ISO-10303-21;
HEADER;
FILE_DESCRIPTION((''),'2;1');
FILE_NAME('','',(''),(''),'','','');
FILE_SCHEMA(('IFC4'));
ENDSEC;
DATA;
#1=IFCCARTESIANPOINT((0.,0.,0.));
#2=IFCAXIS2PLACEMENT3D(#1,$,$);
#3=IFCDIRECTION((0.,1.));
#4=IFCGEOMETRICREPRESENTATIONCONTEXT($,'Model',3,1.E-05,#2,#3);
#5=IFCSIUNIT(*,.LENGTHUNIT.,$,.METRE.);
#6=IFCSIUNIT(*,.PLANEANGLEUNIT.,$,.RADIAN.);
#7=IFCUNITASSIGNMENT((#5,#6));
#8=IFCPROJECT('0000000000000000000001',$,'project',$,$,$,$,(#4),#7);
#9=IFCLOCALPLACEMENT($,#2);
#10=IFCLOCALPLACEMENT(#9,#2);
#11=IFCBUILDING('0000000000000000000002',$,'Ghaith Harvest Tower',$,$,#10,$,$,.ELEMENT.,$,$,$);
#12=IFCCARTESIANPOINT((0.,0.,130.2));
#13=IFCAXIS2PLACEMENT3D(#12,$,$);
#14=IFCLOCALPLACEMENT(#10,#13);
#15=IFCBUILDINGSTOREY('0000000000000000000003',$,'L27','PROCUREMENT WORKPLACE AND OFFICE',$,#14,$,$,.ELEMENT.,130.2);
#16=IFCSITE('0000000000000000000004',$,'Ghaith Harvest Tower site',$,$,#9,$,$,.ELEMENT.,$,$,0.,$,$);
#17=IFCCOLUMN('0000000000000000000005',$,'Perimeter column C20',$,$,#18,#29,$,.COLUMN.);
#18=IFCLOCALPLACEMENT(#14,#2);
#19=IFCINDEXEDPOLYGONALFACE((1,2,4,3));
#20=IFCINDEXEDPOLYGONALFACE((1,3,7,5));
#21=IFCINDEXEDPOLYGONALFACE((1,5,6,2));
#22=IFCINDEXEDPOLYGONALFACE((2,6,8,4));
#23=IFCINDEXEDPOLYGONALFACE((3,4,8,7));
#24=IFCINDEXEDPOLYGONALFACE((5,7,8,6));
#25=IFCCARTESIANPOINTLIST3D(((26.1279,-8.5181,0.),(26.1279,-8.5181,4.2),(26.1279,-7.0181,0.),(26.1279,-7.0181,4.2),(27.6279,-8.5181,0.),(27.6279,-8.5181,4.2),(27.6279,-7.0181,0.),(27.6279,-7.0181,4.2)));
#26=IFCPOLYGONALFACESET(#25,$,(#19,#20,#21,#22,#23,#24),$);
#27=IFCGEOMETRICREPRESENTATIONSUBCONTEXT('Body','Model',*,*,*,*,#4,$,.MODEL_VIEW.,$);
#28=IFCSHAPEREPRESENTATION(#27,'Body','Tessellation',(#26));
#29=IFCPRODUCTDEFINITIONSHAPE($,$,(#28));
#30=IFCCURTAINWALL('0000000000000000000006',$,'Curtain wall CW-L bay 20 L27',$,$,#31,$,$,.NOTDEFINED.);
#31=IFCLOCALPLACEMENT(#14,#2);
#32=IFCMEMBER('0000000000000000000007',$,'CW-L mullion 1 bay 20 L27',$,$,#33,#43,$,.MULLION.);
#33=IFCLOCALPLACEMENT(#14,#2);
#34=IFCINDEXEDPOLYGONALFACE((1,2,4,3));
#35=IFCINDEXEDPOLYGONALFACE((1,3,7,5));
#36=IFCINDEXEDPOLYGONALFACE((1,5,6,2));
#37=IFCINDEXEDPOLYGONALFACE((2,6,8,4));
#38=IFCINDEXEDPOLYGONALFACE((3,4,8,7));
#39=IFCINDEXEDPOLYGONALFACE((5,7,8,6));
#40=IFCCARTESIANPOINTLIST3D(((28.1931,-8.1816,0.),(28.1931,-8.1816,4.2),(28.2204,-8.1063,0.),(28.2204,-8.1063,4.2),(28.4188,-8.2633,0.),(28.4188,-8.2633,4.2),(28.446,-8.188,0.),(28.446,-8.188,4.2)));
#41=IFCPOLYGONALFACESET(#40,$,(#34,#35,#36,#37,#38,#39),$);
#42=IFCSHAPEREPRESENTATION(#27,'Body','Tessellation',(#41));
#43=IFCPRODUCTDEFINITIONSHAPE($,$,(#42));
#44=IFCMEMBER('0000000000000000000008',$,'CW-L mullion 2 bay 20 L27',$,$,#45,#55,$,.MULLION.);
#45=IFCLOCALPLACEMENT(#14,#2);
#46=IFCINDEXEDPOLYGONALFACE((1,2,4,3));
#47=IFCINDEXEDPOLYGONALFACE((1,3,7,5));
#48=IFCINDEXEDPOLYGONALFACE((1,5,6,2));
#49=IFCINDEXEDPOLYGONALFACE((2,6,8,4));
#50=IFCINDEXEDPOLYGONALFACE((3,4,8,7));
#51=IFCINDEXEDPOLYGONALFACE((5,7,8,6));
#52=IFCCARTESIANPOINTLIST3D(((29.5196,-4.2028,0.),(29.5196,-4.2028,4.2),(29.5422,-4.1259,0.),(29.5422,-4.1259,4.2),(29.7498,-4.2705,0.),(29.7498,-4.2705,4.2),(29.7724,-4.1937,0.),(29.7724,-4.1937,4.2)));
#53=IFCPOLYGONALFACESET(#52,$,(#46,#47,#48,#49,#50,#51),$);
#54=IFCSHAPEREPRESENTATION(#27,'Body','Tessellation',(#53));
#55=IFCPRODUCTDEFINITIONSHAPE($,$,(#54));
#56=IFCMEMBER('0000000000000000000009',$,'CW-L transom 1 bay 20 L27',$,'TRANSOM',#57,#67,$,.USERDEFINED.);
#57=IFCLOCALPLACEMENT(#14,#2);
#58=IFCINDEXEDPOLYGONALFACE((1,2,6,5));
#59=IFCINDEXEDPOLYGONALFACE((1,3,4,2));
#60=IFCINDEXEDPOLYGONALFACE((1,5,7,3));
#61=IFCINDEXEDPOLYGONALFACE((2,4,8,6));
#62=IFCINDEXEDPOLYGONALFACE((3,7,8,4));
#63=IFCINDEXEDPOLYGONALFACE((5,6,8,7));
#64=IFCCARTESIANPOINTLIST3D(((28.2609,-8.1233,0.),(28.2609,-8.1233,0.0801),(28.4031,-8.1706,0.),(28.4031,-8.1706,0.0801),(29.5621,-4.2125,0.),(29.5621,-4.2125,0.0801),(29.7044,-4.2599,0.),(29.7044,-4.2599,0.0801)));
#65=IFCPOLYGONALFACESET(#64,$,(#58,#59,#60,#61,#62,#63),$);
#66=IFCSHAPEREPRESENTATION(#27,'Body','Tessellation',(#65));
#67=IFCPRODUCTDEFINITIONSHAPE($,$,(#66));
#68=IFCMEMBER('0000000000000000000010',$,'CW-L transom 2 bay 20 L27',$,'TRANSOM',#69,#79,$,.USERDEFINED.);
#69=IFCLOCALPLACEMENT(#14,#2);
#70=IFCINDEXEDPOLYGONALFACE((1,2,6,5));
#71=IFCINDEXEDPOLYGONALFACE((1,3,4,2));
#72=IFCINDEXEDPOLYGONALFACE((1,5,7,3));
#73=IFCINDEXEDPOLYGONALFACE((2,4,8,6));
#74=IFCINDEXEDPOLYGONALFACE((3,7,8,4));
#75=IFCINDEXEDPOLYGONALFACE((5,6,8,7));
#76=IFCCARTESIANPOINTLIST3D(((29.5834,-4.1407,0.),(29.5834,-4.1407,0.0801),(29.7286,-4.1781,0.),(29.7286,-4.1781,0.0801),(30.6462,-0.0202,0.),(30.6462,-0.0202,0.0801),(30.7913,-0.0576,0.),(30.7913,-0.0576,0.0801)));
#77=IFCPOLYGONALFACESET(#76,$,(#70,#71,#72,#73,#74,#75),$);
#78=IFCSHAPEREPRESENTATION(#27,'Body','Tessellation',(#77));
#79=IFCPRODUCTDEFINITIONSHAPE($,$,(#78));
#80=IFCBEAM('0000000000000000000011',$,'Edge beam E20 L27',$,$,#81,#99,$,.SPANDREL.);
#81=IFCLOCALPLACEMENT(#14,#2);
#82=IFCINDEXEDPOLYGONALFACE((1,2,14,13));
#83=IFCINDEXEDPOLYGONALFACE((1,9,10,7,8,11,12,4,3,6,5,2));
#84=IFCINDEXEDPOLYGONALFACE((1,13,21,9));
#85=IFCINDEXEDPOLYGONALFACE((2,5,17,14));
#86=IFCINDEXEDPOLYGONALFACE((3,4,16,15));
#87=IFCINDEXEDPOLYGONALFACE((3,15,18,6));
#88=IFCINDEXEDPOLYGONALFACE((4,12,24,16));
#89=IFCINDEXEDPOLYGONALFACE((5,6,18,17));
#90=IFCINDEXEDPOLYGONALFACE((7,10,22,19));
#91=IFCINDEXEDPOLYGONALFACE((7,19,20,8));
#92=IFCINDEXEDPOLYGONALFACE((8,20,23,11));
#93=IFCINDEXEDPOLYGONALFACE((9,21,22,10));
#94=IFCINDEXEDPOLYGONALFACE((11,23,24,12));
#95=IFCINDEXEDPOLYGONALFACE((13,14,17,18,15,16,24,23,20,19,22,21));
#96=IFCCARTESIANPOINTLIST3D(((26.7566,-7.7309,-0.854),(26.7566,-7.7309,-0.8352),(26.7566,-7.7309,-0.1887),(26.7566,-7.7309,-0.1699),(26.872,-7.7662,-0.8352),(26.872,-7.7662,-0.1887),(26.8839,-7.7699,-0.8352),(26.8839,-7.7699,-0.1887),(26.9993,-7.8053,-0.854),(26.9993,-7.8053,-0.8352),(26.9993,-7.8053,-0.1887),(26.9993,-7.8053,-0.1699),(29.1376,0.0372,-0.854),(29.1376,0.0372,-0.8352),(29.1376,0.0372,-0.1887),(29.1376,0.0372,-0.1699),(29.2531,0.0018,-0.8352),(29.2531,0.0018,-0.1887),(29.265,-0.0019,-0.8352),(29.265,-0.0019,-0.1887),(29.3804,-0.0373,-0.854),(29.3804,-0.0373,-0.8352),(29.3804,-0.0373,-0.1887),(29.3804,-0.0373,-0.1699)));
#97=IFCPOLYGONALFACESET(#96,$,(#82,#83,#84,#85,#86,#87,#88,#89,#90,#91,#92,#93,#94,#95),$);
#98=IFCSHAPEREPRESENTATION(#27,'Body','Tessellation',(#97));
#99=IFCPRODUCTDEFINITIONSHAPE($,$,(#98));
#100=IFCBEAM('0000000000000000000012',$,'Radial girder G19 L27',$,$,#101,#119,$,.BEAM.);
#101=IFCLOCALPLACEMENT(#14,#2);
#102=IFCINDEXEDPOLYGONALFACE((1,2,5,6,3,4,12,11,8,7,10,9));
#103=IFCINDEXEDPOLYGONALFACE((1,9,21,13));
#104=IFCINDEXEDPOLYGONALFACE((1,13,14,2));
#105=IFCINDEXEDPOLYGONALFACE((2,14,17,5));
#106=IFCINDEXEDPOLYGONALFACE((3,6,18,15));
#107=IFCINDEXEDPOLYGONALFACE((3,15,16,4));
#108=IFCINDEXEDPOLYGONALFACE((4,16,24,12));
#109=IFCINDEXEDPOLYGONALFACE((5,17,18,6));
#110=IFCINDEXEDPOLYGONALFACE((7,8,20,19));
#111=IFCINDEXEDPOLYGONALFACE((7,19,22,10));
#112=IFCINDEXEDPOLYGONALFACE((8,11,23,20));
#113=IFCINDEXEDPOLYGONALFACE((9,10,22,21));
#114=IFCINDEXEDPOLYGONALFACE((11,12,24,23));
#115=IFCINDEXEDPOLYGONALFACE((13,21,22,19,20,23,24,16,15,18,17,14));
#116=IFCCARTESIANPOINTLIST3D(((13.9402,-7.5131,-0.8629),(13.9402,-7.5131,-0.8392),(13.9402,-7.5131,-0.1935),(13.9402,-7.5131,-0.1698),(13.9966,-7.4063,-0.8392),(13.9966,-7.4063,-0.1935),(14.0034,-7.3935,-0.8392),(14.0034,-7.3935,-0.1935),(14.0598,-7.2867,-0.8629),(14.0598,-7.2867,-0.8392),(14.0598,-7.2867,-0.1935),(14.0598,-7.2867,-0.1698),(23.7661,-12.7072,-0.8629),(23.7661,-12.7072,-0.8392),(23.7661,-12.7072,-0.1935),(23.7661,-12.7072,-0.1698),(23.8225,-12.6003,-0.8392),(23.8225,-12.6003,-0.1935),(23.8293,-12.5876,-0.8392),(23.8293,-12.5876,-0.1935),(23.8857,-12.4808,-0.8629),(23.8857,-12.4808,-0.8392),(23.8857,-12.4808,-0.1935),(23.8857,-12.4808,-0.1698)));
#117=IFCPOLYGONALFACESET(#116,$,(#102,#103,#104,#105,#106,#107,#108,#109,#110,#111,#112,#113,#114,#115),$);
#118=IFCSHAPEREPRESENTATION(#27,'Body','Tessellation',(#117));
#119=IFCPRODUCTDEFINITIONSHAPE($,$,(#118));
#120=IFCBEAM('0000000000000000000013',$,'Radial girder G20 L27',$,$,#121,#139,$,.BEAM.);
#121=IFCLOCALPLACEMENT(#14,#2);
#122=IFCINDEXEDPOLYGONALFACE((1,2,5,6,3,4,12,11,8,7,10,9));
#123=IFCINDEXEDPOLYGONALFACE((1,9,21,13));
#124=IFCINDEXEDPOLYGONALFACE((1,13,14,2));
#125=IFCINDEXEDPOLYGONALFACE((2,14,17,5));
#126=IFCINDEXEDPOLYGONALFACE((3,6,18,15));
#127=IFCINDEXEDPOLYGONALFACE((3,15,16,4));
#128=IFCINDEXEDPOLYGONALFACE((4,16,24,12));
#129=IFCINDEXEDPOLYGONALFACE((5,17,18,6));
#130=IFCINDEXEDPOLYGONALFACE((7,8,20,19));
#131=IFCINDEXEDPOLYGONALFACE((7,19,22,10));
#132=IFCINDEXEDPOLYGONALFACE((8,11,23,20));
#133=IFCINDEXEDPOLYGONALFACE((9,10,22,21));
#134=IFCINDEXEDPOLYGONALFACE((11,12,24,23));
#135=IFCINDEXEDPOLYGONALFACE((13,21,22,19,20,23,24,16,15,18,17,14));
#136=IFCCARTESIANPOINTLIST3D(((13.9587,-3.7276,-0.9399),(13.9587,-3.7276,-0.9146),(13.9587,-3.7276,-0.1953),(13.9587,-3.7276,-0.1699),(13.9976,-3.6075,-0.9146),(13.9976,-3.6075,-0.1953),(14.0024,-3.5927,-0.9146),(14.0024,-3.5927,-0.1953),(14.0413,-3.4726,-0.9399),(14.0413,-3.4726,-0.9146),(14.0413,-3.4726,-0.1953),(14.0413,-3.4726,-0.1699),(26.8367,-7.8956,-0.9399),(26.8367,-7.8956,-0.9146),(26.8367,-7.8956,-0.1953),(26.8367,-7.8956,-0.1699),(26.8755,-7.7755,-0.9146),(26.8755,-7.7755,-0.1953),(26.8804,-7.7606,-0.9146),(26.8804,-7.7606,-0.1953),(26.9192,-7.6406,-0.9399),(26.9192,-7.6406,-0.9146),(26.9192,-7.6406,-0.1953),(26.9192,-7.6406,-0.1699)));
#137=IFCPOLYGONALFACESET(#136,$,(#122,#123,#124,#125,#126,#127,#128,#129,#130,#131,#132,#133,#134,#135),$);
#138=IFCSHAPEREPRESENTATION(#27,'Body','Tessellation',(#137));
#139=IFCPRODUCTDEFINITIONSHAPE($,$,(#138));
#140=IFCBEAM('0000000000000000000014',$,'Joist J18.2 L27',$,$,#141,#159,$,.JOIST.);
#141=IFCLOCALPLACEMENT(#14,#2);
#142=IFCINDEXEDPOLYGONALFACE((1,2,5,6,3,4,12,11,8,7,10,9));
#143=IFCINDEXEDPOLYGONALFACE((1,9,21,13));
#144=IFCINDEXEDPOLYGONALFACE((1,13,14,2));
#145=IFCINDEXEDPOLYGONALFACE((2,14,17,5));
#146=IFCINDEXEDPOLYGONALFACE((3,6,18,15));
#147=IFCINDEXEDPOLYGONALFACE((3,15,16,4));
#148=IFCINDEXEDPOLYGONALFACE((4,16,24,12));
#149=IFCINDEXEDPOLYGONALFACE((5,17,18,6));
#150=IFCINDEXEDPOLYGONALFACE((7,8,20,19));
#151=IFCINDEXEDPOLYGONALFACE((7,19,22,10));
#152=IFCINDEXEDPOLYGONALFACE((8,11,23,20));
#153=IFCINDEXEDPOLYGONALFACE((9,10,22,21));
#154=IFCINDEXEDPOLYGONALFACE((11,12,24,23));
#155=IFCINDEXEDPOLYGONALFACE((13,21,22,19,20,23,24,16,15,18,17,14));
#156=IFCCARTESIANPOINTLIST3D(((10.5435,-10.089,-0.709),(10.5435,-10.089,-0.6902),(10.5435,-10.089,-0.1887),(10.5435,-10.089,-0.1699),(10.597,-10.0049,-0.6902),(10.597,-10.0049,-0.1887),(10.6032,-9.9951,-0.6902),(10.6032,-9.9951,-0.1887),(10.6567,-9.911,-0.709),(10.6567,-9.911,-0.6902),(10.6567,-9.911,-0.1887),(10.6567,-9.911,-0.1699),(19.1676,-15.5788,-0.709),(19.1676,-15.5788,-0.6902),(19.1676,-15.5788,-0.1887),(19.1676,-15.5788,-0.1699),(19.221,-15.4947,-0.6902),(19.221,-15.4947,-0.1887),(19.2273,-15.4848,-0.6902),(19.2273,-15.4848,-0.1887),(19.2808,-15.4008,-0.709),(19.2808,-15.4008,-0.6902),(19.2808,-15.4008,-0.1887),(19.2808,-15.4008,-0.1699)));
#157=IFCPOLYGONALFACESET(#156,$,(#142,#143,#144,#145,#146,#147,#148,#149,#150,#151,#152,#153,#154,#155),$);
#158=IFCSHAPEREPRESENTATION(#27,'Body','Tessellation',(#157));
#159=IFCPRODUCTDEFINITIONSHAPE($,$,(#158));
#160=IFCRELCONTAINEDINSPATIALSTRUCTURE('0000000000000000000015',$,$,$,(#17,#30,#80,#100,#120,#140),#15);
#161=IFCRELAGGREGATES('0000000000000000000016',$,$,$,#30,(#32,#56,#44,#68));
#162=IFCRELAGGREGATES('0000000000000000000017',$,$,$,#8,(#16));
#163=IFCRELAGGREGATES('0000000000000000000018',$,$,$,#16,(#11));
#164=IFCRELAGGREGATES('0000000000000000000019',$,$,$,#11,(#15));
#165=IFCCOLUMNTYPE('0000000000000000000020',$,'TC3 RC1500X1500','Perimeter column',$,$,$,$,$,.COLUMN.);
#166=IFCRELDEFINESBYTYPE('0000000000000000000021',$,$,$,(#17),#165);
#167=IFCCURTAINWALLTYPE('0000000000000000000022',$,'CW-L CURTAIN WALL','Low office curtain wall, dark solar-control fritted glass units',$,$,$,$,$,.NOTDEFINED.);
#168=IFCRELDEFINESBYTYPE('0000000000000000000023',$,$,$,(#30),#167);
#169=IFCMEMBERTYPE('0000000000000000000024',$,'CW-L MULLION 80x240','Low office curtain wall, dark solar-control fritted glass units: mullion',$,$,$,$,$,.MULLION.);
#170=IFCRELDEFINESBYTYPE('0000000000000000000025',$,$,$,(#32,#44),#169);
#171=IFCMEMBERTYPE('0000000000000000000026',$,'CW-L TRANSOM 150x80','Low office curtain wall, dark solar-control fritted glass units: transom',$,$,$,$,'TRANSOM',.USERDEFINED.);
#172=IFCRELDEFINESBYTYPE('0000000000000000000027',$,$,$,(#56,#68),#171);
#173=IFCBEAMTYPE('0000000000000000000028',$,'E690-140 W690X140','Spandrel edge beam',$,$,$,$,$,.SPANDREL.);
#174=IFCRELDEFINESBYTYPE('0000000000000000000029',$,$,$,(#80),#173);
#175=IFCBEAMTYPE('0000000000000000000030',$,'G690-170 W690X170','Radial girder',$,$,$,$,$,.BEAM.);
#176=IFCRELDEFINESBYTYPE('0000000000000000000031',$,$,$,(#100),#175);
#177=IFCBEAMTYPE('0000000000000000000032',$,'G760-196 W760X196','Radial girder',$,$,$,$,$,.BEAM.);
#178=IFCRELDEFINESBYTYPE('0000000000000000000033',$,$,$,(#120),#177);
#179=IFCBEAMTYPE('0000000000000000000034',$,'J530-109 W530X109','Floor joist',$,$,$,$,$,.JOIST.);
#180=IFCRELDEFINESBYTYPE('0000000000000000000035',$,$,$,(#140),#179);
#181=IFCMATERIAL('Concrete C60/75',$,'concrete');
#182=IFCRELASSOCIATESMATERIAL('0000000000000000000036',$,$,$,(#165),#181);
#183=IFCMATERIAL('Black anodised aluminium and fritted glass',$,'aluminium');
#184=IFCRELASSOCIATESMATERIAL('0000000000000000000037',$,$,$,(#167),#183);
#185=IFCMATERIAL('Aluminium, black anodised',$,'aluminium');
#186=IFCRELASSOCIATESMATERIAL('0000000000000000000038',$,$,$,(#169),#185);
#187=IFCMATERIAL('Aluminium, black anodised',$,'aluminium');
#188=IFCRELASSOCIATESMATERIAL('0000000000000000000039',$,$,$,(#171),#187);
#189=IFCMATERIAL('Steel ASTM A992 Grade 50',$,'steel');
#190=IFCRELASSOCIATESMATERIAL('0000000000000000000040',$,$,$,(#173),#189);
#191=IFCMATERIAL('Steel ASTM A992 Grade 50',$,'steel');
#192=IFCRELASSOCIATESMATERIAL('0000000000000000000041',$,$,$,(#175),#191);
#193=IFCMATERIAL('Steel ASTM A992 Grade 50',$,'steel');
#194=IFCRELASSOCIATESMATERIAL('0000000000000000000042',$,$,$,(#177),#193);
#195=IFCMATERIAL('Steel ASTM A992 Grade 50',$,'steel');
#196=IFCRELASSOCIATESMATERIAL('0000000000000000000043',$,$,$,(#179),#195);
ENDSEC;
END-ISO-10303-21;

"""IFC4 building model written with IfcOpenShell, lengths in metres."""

from ifc_helpers import new_model, si_unit, direction, frame, origin, origin_2d, place, context, subcontext, project, spatial, rectangle, i_section, extrude, material, material_profile, profile_set, type_object, element, aggregate, save


model = new_model("IFC4")

# Units and contexts
model_context = context("Model", 3, precision=1e-05, world=origin(), true_north=direction((0.0, 1.0)))
body_context = subcontext(model_context, "Body", "Model", "MODEL_VIEW")
ifc_project = project(units=[si_unit("LENGTHUNIT", "METRE"), si_unit("PLANEANGLEUNIT", "RADIAN")], contexts=[model_context])

# Site, building, storey
site_placement = place(None, origin())
site = spatial("IfcSite", under=ifc_project, at=site_placement, Name="Ghaith Harvest Tower site", CompositionType="ELEMENT", RefElevation=0.0)
building_placement = place(site_placement, origin())
building = spatial("IfcBuilding", under=site, at=building_placement, Name="Ghaith Harvest Tower", CompositionType="ELEMENT")
storey_placement = place(building_placement, frame((0.0, 0.0, 130.2)))
storey = spatial("IfcBuildingStorey", under=building, at=storey_placement, Name="L27", Description="PROCUREMENT WORKPLACE AND OFFICE", CompositionType="ELEMENT", Elevation=130.2)

# Column
ifc_material_1 = material(Name="Concrete C60/75", Category="concrete")
ifc_material_profile_1 = material_profile(ifc_material_1, rectangle(XDim=1.5, YDim=1.5, at=origin_2d()), Name="RC1500X1500")
ifc_profile_set_1 = profile_set([ifc_material_profile_1], Name="Concrete C60/75")
column_type = type_object("IfcColumnType", Name="TC3 RC1500X1500", Description="Perimeter column", PredefinedType="COLUMN", material=ifc_profile_set_1)
column_placement = place(storey_placement, frame((26.8779, -7.7681, 0.0), z_axis=(0.0, 0.0, 1.0), x_axis=(1.0, 0.0, 0.0)))
element("IfcColumn", 1, at=column_placement, inside=storey, type_object=column_type, Name="Perimeter column C20", PredefinedType="COLUMN", context=body_context, shape_type="SweptSolid", body=[
    extrude(rectangle(XDim=1.5, YDim=1.5, at=origin_2d()), origin(), (0.0, 0.0, 1.0), 4.2),
])

# Curtain wall, members
ifc_material_2 = material(Name="Black anodised aluminium and fritted glass", Category="aluminium")
curtain_wall_type = type_object("IfcCurtainWallType", Name="CW-L CURTAIN WALL", Description="Low office curtain wall, dark solar-control fritted glass units", PredefinedType="NOTDEFINED", material=ifc_material_2)
curtain_wall_placement = place(storey_placement, origin())
curtain_wall = element("IfcCurtainWall", 2, at=curtain_wall_placement, inside=storey, type_object=curtain_wall_type, Name="Curtain wall CW-L bay 20 L27", PredefinedType="NOTDEFINED")
ifc_material_3 = material(Name="Aluminium, black anodised", Category="aluminium")
ifc_material_profile_2 = material_profile(ifc_material_3, rectangle(XDim=0.0801, YDim=0.24, at=origin_2d()), Name="CW-L MULLION 80x240")
ifc_profile_set_2 = profile_set([ifc_material_profile_2], Name="Aluminium, black anodised")
member_type_1 = type_object("IfcMemberType", Name="CW-L MULLION 80x240", Description="Low office curtain wall, dark solar-control fritted glass units: mullion", PredefinedType="MULLION", material=ifc_profile_set_2)
member_1_placement = place(storey_placement, frame((28.3196, -8.1848, 0.0), z_axis=(0.0, 0.0, 1.0), x_axis=(0.340574, 0.940218, 0.0)))
member_1 = element("IfcMember", 3, at=member_1_placement, type_object=member_type_1, Name="CW-L mullion 1 bay 20 L27", PredefinedType="MULLION", context=body_context, shape_type="SweptSolid", body=[
    extrude(rectangle(XDim=0.0801, YDim=0.24, at=origin_2d()), origin(), (0.0, 0.0, 1.0), 4.2),
])
member_2_placement = place(storey_placement, frame((29.646, -4.1982, 0.0), z_axis=(0.0, 0.0, 1.0), x_axis=(0.282375, 0.959304, 0.0)))
member_2 = element("IfcMember", 4, at=member_2_placement, type_object=member_type_1, Name="CW-L mullion 2 bay 20 L27", PredefinedType="MULLION", context=body_context, shape_type="SweptSolid", body=[
    extrude(rectangle(XDim=0.0801, YDim=0.24, at=origin_2d()), origin(), (0.0, 0.0, 1.0), 4.2),
])
ifc_material_4 = material(Name="Aluminium, black anodised", Category="aluminium")
ifc_material_profile_3 = material_profile(ifc_material_4, rectangle(XDim=0.1499, YDim=0.0801, at=origin_2d()), Name="CW-L TRANSOM 150x80")
ifc_profile_set_3 = profile_set([ifc_material_profile_3], Name="Aluminium, black anodised")
member_type_2 = type_object("IfcMemberType", Name="CW-L TRANSOM 150x80", Description="Low office curtain wall, dark solar-control fritted glass units: transom", ElementType="TRANSOM", PredefinedType="USERDEFINED", material=ifc_profile_set_3)
member_3_placement = place(storey_placement, frame((28.332, -8.147, 0.04), z_axis=(0.315712, 0.948855, 0.0), x_axis=(-0.948855, 0.315712, 0.0)))
member_3 = element("IfcMember", 5, at=member_3_placement, type_object=member_type_2, Name="CW-L transom 1 bay 20 L27", ObjectType="TRANSOM", PredefinedType="USERDEFINED", context=body_context, shape_type="SweptSolid", body=[
    extrude(rectangle(XDim=0.1499, YDim=0.0801, at=origin_2d()), origin(), (0.0, 0.0, 1.0), 4.1216),
])
member_4_placement = place(storey_placement, frame((29.656, -4.1594, 0.04), z_axis=(0.249737, 0.968314, 0.0), x_axis=(-0.968314, 0.249737, 0.0)))
member_4 = element("IfcMember", 6, at=member_4_placement, type_object=member_type_2, Name="CW-L transom 2 bay 20 L27", ObjectType="TRANSOM", PredefinedType="USERDEFINED", context=body_context, shape_type="SweptSolid", body=[
    extrude(rectangle(XDim=0.1499, YDim=0.0801, at=origin_2d()), origin(), (0.0, 0.0, 1.0), 4.2554),
])

# Beams
ifc_material_5 = material(Name="Steel ASTM A992 Grade 50", Category="steel")
ifc_material_profile_4 = material_profile(ifc_material_5, i_section(OverallWidth=0.2539, OverallDepth=0.6841, WebThickness=0.0125, FlangeThickness=0.0188, at=origin_2d()), Name="W690X140")
ifc_profile_set_4 = profile_set([ifc_material_profile_4], Name="Steel ASTM A992 Grade 50")
beam_type_1 = type_object("IfcBeamType", Name="E690-140 W690X140", Description="Spandrel edge beam", PredefinedType="SPANDREL", material=ifc_profile_set_4)
beam_1_placement = place(storey_placement, frame((26.8779, -7.7681, -0.512), z_axis=(0.293066, 0.956092, 0.0), x_axis=(-0.956092, 0.293066, 0.0)))
element("IfcBeam", 7, at=beam_1_placement, inside=storey, type_object=beam_type_1, Name="Edge beam E20 L27", PredefinedType="SPANDREL", context=body_context, shape_type="SweptSolid", body=[
    extrude(i_section(OverallWidth=0.2539, OverallDepth=0.6841, WebThickness=0.0125, FlangeThickness=0.0188, at=origin_2d()), origin(), (0.0, 0.0, 1.0), 8.1248),
])
ifc_material_6 = material(Name="Steel ASTM A992 Grade 50", Category="steel")
ifc_material_profile_5 = material_profile(ifc_material_6, i_section(OverallWidth=0.2561, OverallDepth=0.6931, WebThickness=0.0144, FlangeThickness=0.0237, at=origin_2d()), Name="W690X170")
ifc_profile_set_5 = profile_set([ifc_material_profile_5], Name="Steel ASTM A992 Grade 50")
beam_type_2 = type_object("IfcBeamType", Name="G690-170 W690X170", Description="Radial girder", PredefinedType="BEAM", material=ifc_profile_set_5)
beam_2_placement = place(storey_placement, frame((14.0, -7.3999, -0.5164), z_axis=(0.884081, -0.467335, 0.0), x_axis=(0.467335, 0.884081, 0.0)))
element("IfcBeam", 8, at=beam_2_placement, inside=storey, type_object=beam_type_2, Name="Radial girder G19 L27", PredefinedType="BEAM", context=body_context, shape_type="SweptSolid", body=[
    extrude(i_section(OverallWidth=0.2561, OverallDepth=0.6931, WebThickness=0.0144, FlangeThickness=0.0237, at=origin_2d()), origin(), (0.0, 0.0, 1.0), 11.1143),
])
ifc_material_7 = material(Name="Steel ASTM A992 Grade 50", Category="steel")
ifc_material_profile_6 = material_profile(ifc_material_7, i_section(OverallWidth=0.2681, OverallDepth=0.77, WebThickness=0.0156, FlangeThickness=0.0254, at=origin_2d()), Name="W760X196")
ifc_profile_set_6 = profile_set([ifc_material_profile_6], Name="Steel ASTM A992 Grade 50")
beam_type_3 = type_object("IfcBeamType", Name="G760-196 W760X196", Description="Radial girder", PredefinedType="BEAM", material=ifc_profile_set_6)
beam_3_placement = place(storey_placement, frame((14.0, -3.6001, -0.5549), z_axis=(0.95141, -0.307926, 0.0), x_axis=(0.307926, 0.95141, 0.0)))
element("IfcBeam", 9, at=beam_3_placement, inside=storey, type_object=beam_type_3, Name="Radial girder G20 L27", PredefinedType="BEAM", context=body_context, shape_type="SweptSolid", body=[
    extrude(i_section(OverallWidth=0.2681, OverallDepth=0.77, WebThickness=0.0156, FlangeThickness=0.0254, at=origin_2d()), origin(), (0.0, 0.0, 1.0), 13.5356),
])
ifc_material_8 = material(Name="Steel ASTM A992 Grade 50", Category="steel")
ifc_material_profile_7 = material_profile(ifc_material_8, i_section(OverallWidth=0.2109, OverallDepth=0.5391, WebThickness=0.0117, FlangeThickness=0.0188, at=origin_2d()), Name="W530X109")
ifc_profile_set_7 = profile_set([ifc_material_profile_7], Name="Steel ASTM A992 Grade 50")
beam_type_4 = type_object("IfcBeamType", Name="J530-109 W530X109", Description="Floor joist", PredefinedType="JOIST", material=ifc_profile_set_7)
beam_4_placement = place(storey_placement, frame((10.6001, -10.0, -0.4395), z_axis=(0.843585, -0.536996, 0.0), x_axis=(0.536996, 0.843585, 0.0)))
element("IfcBeam", 10, at=beam_4_placement, inside=storey, type_object=beam_type_4, Name="Joist J18.2 L27", PredefinedType="JOIST", context=body_context, shape_type="SweptSolid", body=[
    extrude(i_section(OverallWidth=0.2109, OverallDepth=0.5391, WebThickness=0.0117, FlangeThickness=0.0188, at=origin_2d()), origin(), (0.0, 0.0, 1.0), 10.2231),
])

aggregate(curtain_wall, [member_1, member_3, member_2, member_4])

save(model, "model.ifc")
